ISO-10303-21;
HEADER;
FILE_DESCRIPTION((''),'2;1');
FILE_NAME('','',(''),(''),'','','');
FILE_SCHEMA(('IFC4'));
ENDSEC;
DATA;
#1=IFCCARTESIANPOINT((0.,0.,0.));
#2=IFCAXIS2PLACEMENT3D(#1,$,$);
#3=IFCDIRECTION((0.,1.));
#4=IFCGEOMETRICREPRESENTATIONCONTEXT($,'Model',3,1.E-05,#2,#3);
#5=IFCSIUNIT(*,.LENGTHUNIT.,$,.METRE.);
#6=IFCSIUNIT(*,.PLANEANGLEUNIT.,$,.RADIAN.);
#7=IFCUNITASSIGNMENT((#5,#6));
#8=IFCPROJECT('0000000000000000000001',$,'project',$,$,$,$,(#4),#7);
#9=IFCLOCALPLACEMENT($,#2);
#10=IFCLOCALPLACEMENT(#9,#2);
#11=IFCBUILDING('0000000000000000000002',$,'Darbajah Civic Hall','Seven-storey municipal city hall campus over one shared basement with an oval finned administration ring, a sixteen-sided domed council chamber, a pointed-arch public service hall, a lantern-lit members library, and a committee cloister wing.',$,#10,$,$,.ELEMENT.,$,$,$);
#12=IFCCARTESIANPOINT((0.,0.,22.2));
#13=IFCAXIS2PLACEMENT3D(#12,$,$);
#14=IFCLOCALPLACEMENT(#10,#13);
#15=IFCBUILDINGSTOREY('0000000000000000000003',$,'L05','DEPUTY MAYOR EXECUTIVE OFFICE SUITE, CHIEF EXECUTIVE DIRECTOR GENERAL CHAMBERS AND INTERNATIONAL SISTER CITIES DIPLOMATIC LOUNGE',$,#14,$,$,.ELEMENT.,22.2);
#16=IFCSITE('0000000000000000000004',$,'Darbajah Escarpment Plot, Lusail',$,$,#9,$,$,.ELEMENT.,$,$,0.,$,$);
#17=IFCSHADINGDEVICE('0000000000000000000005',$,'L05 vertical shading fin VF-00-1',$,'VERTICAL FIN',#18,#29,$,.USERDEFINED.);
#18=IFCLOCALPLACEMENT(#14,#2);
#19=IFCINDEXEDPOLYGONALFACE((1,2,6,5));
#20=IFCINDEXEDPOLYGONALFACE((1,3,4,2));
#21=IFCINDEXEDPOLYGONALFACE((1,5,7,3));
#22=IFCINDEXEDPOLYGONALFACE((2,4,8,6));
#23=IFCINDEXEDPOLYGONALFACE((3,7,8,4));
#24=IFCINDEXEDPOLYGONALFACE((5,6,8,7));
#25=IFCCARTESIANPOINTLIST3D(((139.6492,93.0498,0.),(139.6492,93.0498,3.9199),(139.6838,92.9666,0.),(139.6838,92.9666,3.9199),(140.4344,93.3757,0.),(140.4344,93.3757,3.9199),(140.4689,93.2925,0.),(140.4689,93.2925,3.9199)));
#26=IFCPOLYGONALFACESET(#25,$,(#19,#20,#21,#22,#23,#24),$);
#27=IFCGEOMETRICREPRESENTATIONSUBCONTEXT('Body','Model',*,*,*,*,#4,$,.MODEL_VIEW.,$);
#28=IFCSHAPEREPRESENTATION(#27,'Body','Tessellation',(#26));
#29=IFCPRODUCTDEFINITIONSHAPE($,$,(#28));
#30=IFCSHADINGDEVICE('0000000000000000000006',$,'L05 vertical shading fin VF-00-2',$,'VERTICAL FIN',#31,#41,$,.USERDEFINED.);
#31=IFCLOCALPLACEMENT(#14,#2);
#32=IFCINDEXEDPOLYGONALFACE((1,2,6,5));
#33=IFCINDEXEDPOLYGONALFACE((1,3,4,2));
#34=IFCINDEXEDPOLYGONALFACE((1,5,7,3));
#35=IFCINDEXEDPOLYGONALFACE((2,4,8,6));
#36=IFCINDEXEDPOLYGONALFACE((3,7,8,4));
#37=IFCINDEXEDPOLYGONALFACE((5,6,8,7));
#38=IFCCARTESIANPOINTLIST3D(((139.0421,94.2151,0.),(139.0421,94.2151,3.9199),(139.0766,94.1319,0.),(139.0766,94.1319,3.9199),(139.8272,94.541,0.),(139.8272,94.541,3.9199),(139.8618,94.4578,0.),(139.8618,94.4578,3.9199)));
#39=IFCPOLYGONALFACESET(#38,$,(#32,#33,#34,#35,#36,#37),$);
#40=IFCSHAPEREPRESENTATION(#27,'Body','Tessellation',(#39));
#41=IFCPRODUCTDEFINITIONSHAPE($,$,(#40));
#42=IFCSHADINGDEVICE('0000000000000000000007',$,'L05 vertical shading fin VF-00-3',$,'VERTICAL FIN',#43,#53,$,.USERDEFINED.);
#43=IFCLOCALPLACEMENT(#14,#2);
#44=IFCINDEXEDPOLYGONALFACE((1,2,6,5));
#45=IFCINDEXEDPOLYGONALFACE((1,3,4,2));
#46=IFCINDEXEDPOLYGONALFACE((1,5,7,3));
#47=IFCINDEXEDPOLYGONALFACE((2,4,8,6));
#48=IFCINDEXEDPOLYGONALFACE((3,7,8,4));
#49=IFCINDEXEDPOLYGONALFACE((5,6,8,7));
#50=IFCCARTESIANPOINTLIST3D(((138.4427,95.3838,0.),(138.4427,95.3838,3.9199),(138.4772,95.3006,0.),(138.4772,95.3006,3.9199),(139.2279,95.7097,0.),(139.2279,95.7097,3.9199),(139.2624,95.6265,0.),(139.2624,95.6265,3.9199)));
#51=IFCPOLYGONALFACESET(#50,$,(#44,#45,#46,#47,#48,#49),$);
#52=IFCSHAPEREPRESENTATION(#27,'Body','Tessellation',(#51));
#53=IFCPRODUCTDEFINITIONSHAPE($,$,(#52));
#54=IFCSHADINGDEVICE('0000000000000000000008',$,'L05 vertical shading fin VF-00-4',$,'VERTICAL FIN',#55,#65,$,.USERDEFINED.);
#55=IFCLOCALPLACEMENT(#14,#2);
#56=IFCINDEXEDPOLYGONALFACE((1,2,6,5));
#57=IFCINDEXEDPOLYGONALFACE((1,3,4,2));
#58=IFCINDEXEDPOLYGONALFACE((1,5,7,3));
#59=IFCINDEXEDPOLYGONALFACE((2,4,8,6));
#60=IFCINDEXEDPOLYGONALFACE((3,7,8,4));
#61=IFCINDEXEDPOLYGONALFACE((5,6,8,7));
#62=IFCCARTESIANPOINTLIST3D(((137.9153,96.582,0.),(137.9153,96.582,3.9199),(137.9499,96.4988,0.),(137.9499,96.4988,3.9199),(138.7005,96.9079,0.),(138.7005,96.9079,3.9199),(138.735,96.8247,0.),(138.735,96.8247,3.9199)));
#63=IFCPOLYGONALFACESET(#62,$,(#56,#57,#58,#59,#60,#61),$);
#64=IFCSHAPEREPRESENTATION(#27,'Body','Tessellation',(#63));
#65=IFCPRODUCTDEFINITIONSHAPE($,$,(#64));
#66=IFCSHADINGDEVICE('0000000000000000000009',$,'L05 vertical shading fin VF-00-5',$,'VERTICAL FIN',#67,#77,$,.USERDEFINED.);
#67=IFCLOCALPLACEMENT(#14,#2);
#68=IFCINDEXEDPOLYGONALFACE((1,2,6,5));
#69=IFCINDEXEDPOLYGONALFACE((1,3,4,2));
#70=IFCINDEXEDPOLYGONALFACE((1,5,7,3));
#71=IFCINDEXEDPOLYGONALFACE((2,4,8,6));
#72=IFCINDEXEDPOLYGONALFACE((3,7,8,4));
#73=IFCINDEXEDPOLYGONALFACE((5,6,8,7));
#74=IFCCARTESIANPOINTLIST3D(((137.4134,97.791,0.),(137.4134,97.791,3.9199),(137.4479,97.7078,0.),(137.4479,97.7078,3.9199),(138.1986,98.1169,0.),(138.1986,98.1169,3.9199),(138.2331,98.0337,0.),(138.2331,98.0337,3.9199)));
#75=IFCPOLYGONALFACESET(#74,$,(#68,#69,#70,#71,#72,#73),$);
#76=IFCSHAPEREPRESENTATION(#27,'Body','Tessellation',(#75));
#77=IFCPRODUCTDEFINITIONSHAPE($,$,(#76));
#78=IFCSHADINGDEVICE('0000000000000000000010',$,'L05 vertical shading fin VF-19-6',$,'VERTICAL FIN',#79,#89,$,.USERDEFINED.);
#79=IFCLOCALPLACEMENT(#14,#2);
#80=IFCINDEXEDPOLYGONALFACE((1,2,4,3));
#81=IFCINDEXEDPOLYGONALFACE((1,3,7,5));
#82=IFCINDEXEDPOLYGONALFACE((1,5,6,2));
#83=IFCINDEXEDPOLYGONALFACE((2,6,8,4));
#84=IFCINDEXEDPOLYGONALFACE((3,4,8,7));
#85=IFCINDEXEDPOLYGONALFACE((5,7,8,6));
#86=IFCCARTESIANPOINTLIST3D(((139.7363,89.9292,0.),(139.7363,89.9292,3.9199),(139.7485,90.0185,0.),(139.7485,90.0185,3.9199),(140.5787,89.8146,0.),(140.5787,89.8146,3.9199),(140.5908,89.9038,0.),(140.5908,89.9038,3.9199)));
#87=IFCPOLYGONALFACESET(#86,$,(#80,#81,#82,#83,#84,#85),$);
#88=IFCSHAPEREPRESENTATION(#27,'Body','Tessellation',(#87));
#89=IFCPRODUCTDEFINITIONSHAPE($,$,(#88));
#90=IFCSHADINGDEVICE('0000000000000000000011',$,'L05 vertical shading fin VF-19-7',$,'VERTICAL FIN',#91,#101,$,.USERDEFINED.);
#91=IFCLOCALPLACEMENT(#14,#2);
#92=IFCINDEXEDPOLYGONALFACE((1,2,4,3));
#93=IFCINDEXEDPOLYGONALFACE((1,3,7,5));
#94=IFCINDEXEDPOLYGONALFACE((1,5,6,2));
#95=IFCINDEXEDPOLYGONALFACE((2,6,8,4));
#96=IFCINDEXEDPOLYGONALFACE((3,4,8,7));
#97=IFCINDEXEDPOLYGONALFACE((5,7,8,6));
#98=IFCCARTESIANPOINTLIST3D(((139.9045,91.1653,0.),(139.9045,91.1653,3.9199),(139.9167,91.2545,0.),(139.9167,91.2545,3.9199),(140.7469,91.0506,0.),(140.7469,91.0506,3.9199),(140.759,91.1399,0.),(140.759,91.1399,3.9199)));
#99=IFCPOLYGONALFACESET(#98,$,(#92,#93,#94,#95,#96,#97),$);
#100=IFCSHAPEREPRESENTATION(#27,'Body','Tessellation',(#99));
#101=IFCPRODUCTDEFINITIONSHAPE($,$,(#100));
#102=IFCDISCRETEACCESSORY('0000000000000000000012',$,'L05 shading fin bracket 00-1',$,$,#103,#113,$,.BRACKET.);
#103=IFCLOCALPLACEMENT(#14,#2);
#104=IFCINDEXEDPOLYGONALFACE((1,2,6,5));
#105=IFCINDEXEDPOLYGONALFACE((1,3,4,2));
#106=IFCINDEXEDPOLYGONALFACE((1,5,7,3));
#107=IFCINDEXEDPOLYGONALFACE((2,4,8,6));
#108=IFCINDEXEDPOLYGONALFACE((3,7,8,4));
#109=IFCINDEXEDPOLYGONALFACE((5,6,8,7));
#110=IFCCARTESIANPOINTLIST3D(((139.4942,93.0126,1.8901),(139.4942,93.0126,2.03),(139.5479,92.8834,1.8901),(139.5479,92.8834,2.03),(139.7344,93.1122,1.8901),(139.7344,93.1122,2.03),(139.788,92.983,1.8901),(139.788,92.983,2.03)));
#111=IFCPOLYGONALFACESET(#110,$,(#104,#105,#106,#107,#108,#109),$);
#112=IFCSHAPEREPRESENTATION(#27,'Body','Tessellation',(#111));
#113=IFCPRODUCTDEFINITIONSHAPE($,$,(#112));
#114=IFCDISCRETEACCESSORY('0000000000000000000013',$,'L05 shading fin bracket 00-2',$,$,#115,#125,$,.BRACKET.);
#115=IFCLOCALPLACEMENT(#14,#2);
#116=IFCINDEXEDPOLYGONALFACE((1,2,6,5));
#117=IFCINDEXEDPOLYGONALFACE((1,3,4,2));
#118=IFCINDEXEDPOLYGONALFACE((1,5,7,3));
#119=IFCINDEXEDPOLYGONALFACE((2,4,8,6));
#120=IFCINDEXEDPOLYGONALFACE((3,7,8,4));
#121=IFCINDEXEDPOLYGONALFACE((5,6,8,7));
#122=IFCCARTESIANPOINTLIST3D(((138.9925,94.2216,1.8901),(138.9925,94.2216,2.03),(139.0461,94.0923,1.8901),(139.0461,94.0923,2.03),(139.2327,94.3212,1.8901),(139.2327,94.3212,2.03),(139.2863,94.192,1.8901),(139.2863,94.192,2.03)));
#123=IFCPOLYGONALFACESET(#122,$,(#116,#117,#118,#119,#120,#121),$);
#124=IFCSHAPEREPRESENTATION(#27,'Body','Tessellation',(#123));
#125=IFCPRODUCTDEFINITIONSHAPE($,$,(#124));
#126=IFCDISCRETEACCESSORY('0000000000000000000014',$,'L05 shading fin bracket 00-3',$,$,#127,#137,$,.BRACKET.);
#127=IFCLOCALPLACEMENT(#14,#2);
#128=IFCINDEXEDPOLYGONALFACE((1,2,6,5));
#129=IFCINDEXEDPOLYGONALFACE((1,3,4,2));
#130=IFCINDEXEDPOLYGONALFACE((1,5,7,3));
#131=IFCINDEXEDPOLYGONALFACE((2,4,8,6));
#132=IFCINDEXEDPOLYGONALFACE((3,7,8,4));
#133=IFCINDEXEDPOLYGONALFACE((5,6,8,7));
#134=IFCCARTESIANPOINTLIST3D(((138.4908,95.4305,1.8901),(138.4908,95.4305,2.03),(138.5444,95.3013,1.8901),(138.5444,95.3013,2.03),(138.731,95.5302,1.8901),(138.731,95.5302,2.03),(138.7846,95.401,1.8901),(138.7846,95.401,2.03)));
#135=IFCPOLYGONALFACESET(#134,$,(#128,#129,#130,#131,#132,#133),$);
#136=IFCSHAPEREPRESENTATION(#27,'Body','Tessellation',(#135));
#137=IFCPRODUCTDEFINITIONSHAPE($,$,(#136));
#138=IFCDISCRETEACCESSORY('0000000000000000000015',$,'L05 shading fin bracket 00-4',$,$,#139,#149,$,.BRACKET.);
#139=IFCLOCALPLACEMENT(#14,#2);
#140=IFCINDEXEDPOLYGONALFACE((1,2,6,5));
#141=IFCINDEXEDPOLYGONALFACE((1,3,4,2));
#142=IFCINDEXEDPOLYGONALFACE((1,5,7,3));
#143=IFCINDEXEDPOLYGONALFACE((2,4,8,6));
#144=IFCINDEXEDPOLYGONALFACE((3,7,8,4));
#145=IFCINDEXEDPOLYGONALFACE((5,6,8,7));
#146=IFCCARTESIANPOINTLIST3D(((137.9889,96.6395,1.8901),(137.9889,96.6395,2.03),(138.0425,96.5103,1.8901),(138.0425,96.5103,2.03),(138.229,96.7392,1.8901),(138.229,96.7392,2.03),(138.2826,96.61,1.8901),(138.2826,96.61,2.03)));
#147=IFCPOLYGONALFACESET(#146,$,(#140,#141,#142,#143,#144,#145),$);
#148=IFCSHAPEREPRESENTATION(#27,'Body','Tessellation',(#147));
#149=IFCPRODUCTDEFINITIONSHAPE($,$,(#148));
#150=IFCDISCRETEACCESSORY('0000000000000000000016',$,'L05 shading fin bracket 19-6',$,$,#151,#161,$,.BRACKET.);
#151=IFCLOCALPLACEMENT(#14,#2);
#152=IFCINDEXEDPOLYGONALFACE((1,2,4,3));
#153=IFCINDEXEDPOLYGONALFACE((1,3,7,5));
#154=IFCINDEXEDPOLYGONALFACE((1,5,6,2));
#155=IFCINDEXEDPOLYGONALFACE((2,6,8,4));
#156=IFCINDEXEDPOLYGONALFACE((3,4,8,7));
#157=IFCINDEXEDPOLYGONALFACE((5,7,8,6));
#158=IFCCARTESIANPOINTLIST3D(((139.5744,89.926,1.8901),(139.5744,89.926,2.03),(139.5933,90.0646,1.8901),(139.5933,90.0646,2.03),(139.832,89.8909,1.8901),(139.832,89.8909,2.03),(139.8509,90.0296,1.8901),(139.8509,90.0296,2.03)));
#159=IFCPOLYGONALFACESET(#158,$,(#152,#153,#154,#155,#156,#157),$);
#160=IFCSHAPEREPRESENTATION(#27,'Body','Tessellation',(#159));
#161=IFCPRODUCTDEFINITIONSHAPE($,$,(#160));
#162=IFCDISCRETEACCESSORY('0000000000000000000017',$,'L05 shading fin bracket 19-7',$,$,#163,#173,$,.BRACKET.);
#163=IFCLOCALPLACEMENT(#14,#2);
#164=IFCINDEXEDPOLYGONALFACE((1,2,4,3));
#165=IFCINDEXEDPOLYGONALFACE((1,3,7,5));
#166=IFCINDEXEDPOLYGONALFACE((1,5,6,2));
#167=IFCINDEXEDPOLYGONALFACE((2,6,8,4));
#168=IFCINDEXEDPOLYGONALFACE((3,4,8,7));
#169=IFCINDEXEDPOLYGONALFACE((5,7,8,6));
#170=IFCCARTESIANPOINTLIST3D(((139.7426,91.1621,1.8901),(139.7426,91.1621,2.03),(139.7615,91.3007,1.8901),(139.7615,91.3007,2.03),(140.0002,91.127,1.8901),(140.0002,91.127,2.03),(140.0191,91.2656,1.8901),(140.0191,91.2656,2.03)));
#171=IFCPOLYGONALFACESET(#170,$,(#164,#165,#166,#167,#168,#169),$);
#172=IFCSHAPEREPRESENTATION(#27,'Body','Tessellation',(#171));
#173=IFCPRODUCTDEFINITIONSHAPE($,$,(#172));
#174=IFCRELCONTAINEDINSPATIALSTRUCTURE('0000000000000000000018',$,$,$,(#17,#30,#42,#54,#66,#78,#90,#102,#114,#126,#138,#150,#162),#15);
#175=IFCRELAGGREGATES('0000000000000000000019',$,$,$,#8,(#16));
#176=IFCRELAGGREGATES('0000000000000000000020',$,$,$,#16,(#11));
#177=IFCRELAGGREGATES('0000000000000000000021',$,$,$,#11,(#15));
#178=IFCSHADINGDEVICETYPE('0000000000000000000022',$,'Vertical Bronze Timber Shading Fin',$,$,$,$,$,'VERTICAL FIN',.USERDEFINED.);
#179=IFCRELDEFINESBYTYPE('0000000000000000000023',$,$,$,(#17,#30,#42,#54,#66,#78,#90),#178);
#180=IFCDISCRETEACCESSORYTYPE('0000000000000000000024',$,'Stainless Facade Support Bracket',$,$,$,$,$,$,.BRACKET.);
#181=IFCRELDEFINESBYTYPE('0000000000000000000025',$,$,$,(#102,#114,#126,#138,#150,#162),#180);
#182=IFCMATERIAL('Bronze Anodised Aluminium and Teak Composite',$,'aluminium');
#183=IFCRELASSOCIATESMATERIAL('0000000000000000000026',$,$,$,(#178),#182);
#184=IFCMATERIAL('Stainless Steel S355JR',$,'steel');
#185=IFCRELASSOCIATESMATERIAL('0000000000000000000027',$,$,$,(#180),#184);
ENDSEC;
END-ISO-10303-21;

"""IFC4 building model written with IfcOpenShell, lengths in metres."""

from ifc_helpers import new_model, si_unit, direction, frame, origin, origin_2d, place, context, subcontext, project, spatial, rectangle, extrude, material, type_object, element, save


model = new_model("IFC4")

# Units and contexts
model_context = context("Model", 3, precision=1e-05, world=origin(), true_north=direction((0.0, 1.0)))
body_context = subcontext(model_context, "Body", "Model", "MODEL_VIEW")
ifc_project = project(units=[si_unit("LENGTHUNIT", "METRE"), si_unit("PLANEANGLEUNIT", "RADIAN")], contexts=[model_context])

# Site, building, storey
site_placement = place(None, origin())
site = spatial("IfcSite", under=ifc_project, at=site_placement, Name="Darbajah Escarpment Plot, Lusail", CompositionType="ELEMENT", RefElevation=0.0)
building_placement = place(site_placement, origin())
building = spatial("IfcBuilding", under=site, at=building_placement, Name="Darbajah Civic Hall", Description="Seven-storey municipal city hall campus over one shared basement with an oval finned administration ring, a sixteen-sided domed council chamber, a pointed-arch public service hall, a lantern-lit members library, and a committee cloister wing.", CompositionType="ELEMENT")
storey_placement = place(building_placement, frame((0.0, 0.0, 22.2)))
storey = spatial("IfcBuildingStorey", under=building, at=storey_placement, Name="L05", Description="DEPUTY MAYOR EXECUTIVE OFFICE SUITE, CHIEF EXECUTIVE DIRECTOR GENERAL CHAMBERS AND INTERNATIONAL SISTER CITIES DIPLOMATIC LOUNGE", CompositionType="ELEMENT", Elevation=22.2)

# Shading devices
ifc_material_1 = material(Name="Bronze Anodised Aluminium and Teak Composite", Category="aluminium")
shading_device_type = type_object("IfcShadingDeviceType", Name="Vertical Bronze Timber Shading Fin", ElementType="VERTICAL FIN", PredefinedType="USERDEFINED", material=ifc_material_1)
for number, where, z_axis, x_axis, name in (
    (1, (140.0591, 93.1711, 0.0), (0.0, 0.0, 1.0), (0.923612, 0.383328, 0.0), "L05 vertical shading fin VF-00-1"),
    (2, (139.4519, 94.3364, 0.0), (0.0, 0.0, 1.0), (0.923612, 0.383328, 0.0), "L05 vertical shading fin VF-00-2"),
    (3, (138.8525, 95.5051, 0.0), (0.0, 0.0, 1.0), (0.923612, 0.383328, 0.0), "L05 vertical shading fin VF-00-3"),
    (4, (138.3252, 96.7034, 0.0), (0.0, 0.0, 1.0), (0.923612, 0.383328, 0.0), "L05 vertical shading fin VF-00-4"),
    (5, (137.8232, 97.9124, 0.0), (0.0, 0.0, 1.0), (0.923612, 0.383328, 0.0), "L05 vertical shading fin VF-00-5"),
    (6, (140.1636, 89.9165, 0.0), (0.0, 0.0, 1.0), (0.990866, -0.134851, 0.0), "L05 vertical shading fin VF-19-6"),
    (7, (140.3318, 91.1526, 0.0), (0.0, 0.0, 1.0), (0.990866, -0.134851, 0.0), "L05 vertical shading fin VF-19-7"),
):
    element("IfcShadingDevice", number, at=place(storey_placement, frame(where, z_axis=z_axis, x_axis=x_axis)), inside=storey, type_object=shading_device_type, Name=name, ObjectType="VERTICAL FIN", PredefinedType="USERDEFINED", context=body_context, shape_type="SweptSolid", body=[
        extrude(rectangle(XDim=0.8501, YDim=0.0901, at=origin_2d()), origin(), (0.0, 0.0, 1.0), 3.9199),
    ])

# Discrete accessories
ifc_material_2 = material(Name="Stainless Steel S355JR", Category="steel")
discrete_accessory_type = type_object("IfcDiscreteAccessoryType", Name="Stainless Facade Support Bracket", PredefinedType="BRACKET", material=ifc_material_2)
for number, where, z_axis, x_axis, name in (
    (8, (139.6411, 92.9978, 1.8901), (0.0, 0.0, 1.0), (0.923612, 0.383328, 0.0), "L05 shading fin bracket 00-1"),
    (9, (139.1394, 94.2068, 1.8901), (0.0, 0.0, 1.0), (0.923612, 0.383328, 0.0), "L05 shading fin bracket 00-2"),
    (10, (138.6377, 95.4158, 1.8901), (0.0, 0.0, 1.0), (0.923612, 0.383328, 0.0), "L05 shading fin bracket 00-3"),
    (11, (138.1357, 96.6248, 1.8901), (0.0, 0.0, 1.0), (0.923612, 0.383328, 0.0), "L05 shading fin bracket 00-4"),
    (12, (139.7126, 89.9778, 1.8901), (0.0, 0.0, 1.0), (0.990866, -0.134851, 0.0), "L05 shading fin bracket 19-6"),
    (13, (139.8809, 91.2139, 1.8901), (0.0, 0.0, 1.0), (0.990866, -0.134851, 0.0), "L05 shading fin bracket 19-7"),
):
    element("IfcDiscreteAccessory", number, at=place(storey_placement, frame(where, z_axis=z_axis, x_axis=x_axis)), inside=storey, type_object=discrete_accessory_type, Name=name, PredefinedType="BRACKET", context=body_context, shape_type="SweptSolid", body=[
        extrude(rectangle(XDim=0.26, YDim=0.1399, at=origin_2d()), origin(), (0.0, 0.0, 1.0), 0.1399),
    ])

save(model, "model.ifc")
